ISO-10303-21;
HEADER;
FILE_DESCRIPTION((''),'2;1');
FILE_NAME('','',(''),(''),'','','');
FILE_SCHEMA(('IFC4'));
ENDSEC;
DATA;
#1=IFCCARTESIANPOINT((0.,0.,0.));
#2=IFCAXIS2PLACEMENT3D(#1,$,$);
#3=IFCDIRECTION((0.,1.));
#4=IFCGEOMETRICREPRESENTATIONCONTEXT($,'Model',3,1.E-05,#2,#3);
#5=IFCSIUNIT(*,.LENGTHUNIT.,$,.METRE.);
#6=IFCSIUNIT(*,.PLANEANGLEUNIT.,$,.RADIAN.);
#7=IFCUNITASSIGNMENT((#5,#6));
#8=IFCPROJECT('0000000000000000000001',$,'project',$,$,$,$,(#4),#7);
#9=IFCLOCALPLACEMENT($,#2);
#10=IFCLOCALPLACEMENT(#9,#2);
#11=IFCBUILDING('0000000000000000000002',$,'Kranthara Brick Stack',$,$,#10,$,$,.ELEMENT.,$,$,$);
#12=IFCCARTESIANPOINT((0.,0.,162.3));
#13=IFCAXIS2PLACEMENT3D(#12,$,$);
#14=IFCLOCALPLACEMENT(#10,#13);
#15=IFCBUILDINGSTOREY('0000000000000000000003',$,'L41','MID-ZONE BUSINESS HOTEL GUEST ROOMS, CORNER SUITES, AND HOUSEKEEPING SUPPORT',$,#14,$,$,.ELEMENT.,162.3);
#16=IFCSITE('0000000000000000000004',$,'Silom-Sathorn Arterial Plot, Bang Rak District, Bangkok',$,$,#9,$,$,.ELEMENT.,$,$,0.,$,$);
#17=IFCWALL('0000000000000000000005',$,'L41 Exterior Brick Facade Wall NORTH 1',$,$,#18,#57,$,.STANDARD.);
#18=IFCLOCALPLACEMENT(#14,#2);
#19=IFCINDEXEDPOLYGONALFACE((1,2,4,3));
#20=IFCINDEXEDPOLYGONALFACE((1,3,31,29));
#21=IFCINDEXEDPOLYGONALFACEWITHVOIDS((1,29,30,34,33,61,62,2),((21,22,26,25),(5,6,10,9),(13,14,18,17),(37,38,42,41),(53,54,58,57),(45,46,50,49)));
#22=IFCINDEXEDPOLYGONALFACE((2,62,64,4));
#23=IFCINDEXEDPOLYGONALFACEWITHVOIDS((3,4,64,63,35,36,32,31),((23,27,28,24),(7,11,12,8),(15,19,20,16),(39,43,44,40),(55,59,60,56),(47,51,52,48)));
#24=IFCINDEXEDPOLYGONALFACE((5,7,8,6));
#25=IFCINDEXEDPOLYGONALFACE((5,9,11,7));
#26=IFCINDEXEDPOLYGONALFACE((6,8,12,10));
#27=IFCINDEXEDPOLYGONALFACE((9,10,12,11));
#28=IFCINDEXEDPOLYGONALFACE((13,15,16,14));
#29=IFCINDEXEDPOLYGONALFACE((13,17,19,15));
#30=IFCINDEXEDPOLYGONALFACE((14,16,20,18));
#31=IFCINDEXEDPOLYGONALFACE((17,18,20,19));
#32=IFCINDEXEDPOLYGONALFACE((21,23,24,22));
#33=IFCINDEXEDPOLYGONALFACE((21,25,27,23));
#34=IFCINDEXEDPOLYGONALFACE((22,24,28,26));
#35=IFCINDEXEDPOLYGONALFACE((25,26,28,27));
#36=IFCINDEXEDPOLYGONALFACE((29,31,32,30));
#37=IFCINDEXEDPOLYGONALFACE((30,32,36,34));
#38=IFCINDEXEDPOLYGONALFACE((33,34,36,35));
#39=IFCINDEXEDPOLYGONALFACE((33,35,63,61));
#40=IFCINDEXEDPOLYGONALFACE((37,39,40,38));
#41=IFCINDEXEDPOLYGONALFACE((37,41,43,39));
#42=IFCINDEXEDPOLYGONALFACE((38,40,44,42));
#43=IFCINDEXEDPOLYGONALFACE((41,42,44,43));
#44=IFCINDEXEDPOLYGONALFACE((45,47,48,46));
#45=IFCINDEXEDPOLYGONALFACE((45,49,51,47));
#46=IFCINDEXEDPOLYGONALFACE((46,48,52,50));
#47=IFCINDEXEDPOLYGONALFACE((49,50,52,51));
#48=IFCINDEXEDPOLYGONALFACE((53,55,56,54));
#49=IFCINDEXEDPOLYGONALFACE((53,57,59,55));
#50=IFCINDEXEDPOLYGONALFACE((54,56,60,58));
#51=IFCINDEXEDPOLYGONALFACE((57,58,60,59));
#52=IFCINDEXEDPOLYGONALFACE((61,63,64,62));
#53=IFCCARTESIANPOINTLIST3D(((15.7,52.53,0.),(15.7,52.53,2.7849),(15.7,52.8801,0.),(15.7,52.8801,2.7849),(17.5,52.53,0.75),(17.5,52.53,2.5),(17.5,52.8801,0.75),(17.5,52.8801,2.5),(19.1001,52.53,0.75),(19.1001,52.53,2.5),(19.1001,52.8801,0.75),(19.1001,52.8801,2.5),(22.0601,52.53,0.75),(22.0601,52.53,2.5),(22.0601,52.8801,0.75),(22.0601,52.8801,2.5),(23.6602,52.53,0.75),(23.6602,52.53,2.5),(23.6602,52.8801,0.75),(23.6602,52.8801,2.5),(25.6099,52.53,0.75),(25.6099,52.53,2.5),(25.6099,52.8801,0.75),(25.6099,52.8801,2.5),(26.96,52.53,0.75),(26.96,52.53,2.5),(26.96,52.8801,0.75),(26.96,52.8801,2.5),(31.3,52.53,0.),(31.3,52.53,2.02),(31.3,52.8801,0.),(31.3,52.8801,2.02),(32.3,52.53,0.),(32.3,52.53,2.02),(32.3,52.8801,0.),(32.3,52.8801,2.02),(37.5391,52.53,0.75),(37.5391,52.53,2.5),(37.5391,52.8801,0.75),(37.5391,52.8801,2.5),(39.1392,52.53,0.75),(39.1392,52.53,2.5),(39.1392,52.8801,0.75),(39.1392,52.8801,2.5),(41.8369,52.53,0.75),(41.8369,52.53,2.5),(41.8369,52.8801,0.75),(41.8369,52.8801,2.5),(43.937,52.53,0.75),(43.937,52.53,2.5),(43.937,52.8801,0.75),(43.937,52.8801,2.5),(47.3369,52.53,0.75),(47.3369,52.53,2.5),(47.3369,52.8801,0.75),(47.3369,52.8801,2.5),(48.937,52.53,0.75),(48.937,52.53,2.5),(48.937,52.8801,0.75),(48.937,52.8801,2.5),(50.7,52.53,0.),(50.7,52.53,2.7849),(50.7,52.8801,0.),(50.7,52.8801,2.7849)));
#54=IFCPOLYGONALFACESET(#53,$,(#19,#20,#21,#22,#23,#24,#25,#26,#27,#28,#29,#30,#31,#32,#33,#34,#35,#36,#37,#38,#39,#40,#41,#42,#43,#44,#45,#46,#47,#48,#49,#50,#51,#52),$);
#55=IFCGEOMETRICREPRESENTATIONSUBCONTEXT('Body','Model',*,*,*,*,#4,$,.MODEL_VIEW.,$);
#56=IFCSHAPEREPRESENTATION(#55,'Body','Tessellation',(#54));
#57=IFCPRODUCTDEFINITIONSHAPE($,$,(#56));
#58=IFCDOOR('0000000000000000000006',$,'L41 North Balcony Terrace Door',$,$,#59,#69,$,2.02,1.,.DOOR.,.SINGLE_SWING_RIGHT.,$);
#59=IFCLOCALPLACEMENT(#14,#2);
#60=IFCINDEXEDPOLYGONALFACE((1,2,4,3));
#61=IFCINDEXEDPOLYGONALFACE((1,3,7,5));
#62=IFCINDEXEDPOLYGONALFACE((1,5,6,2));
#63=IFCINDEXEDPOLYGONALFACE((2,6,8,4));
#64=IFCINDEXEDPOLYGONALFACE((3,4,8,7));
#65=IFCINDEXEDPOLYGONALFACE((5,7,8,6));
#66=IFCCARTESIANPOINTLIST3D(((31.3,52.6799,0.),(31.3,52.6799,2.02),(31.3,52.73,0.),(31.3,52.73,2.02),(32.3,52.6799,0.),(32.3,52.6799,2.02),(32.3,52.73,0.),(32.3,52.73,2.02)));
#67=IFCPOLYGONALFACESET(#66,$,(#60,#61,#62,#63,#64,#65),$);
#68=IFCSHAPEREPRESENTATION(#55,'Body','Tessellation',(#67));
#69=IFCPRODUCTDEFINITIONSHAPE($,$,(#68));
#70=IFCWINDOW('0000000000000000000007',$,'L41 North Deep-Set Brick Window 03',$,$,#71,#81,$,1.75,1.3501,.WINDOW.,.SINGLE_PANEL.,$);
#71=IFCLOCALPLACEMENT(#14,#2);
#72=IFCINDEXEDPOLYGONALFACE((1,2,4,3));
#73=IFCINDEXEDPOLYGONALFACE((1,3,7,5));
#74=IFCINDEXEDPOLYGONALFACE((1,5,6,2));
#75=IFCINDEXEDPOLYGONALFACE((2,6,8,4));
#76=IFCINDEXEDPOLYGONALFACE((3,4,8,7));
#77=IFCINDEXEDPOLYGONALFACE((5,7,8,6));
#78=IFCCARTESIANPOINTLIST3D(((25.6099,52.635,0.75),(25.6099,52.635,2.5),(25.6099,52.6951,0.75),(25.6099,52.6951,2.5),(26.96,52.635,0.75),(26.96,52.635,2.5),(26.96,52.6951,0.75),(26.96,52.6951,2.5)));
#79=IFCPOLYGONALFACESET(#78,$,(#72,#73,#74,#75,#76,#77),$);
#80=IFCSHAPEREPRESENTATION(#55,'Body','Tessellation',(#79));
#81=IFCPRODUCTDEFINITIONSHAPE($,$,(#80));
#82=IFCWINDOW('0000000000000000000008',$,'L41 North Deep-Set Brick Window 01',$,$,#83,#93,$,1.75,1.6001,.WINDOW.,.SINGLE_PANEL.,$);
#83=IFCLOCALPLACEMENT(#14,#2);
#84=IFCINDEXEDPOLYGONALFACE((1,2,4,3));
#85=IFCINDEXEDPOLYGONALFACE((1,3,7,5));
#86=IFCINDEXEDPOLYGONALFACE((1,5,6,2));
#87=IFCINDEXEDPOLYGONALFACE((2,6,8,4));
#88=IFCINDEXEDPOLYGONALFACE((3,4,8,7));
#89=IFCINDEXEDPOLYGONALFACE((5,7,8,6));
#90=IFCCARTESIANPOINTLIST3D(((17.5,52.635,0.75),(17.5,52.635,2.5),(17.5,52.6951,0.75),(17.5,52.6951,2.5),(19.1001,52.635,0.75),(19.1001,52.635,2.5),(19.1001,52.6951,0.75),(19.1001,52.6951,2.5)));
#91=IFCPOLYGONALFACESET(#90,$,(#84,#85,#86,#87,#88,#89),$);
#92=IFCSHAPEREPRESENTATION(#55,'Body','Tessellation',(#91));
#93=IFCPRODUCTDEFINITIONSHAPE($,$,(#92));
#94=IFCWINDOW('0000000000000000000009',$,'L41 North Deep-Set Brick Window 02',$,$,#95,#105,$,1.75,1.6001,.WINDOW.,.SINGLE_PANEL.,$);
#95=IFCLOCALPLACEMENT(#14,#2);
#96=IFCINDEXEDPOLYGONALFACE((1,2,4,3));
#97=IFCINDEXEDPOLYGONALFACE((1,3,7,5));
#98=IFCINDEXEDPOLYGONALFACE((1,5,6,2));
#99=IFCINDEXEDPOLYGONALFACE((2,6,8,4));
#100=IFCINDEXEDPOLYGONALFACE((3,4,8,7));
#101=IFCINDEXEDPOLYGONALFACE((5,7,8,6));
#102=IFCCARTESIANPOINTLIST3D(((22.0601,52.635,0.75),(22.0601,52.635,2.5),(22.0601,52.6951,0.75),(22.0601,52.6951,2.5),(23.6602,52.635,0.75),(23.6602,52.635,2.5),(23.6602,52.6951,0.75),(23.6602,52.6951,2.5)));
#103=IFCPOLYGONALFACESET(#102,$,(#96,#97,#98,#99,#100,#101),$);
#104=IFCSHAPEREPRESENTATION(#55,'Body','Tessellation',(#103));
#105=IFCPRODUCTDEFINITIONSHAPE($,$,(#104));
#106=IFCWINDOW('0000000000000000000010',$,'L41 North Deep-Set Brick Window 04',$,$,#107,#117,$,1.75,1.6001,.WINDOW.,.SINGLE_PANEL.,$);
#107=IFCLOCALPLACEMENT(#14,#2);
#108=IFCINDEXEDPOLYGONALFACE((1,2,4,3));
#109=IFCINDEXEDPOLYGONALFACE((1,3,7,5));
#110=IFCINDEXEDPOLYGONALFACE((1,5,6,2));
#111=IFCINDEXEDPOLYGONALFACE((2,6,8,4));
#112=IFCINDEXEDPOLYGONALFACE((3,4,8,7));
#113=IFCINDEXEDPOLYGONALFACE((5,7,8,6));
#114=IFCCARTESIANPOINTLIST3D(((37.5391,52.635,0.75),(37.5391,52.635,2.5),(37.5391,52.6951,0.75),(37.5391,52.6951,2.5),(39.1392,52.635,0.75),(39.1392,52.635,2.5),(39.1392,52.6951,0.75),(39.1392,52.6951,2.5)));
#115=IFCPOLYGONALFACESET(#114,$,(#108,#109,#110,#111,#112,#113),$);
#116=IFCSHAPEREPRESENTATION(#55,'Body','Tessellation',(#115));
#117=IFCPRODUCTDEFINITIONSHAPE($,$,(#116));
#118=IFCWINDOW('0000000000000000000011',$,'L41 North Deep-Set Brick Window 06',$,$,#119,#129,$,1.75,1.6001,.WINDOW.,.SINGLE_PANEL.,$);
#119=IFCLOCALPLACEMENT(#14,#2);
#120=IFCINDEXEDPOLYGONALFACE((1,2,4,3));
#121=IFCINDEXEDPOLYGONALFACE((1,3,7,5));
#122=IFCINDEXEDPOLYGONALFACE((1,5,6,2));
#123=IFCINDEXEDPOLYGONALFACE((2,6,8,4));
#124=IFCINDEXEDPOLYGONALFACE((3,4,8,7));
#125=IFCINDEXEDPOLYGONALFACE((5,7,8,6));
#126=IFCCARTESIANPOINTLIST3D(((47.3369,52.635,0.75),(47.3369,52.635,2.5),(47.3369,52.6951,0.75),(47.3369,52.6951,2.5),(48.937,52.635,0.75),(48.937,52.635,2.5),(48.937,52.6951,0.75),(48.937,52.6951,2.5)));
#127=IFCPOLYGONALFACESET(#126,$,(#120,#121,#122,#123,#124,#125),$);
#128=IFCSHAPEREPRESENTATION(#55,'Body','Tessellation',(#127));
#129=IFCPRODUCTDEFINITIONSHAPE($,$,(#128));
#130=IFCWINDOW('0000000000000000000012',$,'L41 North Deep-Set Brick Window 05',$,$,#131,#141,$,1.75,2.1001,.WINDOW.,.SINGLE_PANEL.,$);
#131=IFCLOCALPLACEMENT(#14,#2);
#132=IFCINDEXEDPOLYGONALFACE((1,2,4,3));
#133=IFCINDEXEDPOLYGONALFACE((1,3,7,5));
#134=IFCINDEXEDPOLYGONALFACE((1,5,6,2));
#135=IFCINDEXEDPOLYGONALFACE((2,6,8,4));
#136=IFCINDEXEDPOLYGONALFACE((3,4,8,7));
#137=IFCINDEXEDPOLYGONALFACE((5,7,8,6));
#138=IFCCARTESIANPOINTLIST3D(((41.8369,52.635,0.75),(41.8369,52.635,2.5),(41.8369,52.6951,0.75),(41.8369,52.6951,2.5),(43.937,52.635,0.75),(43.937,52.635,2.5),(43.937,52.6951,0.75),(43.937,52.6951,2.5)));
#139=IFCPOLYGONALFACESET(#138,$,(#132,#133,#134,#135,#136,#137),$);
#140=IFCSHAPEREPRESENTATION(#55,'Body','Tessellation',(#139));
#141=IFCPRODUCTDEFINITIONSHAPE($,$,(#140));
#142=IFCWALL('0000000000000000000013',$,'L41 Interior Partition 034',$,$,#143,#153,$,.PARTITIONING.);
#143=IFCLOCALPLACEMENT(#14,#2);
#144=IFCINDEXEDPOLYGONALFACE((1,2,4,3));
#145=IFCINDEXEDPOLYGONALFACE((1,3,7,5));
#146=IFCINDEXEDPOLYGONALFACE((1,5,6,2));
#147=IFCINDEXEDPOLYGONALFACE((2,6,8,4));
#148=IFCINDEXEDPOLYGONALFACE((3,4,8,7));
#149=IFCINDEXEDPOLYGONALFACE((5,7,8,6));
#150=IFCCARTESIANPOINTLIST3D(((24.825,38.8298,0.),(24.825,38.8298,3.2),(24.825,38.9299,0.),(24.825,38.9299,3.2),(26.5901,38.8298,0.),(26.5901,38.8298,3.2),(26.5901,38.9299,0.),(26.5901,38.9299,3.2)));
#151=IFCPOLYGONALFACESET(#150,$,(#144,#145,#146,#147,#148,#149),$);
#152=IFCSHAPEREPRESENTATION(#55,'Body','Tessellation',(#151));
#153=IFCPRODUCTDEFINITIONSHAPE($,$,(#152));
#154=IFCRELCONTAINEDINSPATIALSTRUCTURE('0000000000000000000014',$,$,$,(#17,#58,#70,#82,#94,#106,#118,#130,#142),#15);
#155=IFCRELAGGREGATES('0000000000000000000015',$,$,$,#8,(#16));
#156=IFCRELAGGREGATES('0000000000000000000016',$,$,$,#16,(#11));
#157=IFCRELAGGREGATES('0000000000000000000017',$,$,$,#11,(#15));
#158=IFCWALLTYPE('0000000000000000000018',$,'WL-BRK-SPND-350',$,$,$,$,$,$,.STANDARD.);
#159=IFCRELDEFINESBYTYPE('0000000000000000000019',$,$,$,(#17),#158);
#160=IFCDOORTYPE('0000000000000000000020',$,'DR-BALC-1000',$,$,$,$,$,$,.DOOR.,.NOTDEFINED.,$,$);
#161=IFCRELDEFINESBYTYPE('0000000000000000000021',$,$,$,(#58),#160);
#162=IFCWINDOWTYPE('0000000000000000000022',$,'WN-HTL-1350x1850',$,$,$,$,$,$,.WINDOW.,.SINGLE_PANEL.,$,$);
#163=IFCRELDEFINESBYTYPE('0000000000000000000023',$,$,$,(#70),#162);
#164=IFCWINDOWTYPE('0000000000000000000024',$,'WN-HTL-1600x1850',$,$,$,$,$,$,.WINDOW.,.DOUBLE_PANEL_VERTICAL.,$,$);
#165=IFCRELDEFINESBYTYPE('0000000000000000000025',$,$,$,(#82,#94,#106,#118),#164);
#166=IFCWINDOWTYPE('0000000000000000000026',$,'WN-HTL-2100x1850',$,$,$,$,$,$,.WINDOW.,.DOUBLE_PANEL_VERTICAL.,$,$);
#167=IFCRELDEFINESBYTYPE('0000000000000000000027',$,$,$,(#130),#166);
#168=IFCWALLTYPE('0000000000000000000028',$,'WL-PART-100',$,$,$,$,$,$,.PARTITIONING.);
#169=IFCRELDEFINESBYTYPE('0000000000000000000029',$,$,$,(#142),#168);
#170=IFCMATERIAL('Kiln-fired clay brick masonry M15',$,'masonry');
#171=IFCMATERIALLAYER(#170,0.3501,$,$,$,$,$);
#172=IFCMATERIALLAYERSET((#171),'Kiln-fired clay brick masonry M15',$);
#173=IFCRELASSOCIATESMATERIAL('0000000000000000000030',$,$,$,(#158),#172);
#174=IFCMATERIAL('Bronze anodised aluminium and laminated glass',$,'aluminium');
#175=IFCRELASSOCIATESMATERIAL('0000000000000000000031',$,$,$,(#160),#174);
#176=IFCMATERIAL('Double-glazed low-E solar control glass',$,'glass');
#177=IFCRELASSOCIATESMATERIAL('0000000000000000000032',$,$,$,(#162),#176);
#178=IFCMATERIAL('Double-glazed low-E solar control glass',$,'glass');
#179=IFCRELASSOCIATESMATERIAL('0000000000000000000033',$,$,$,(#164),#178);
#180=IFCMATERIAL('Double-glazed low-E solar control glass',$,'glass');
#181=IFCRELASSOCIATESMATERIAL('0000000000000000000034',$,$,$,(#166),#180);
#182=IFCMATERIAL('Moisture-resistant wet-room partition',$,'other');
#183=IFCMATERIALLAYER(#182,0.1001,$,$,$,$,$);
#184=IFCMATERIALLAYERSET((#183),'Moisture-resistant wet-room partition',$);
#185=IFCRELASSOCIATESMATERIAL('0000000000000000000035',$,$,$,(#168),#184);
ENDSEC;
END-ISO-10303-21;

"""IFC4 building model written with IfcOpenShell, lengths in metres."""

from ifc_helpers import new_model, si_unit, direction, frame, frame_2d, origin, place, context, subcontext, project, spatial, rectangle, extrude, material, layer, layer_set, type_object, element, fill, save


model = new_model("IFC4")

# Units and contexts
model_context = context("Model", 3, precision=1e-05, world=origin(), true_north=direction((0.0, 1.0)))
body_context = subcontext(model_context, "Body", "Model", "MODEL_VIEW")
ifc_project = project(units=[si_unit("LENGTHUNIT", "METRE"), si_unit("PLANEANGLEUNIT", "RADIAN")], contexts=[model_context])

# Site, building, storey
site_placement = place(None, origin())
site = spatial("IfcSite", under=ifc_project, at=site_placement, Name="Silom-Sathorn Arterial Plot, Bang Rak District, Bangkok", CompositionType="ELEMENT", RefElevation=0.0)
building_placement = place(site_placement, origin())
building = spatial("IfcBuilding", under=site, at=building_placement, Name="Kranthara Brick Stack", CompositionType="ELEMENT")
storey_placement = place(building_placement, frame((0.0, 0.0, 162.3)))
storey = spatial("IfcBuildingStorey", under=building, at=storey_placement, Name="L41", Description="MID-ZONE BUSINESS HOTEL GUEST ROOMS, CORNER SUITES, AND HOUSEKEEPING SUPPORT", CompositionType="ELEMENT", Elevation=162.3)

# Shared definitions
ifc_material_1 = material(Name="Kiln-fired clay brick masonry M15", Category="masonry")
ifc_layer_1 = layer(ifc_material_1, 0.3501)
ifc_layer_set_1 = layer_set([ifc_layer_1], Name="Kiln-fired clay brick masonry M15")
wall_type_1 = type_object("IfcWallType", Name="WL-BRK-SPND-350", PredefinedType="STANDARD", material=ifc_layer_set_1)

# Wall, openings, door, windows
wall_1_placement = place(storey_placement, frame((15.7, 52.7051, 0.0), z_axis=(0.0, 0.0, 1.0), x_axis=(1.0, 0.0, 0.0)))
wall_1 = element("IfcWall", 1, at=wall_1_placement, inside=storey, type_object=wall_type_1, Name="L41 Exterior Brick Facade Wall NORTH 1", PredefinedType="STANDARD", context=body_context, shape_type="SweptSolid", body=[
    extrude(rectangle(XDim=35.0, YDim=0.3501, at=frame_2d((17.5, 0.0))), origin(), (0.0, 0.0, 1.0), 2.7849),
])
opening_1_placement = place(wall_1_placement, frame((15.6001, 0.0, 0.0)))
opening_1 = element("IfcOpeningElement", 2, at=opening_1_placement, cuts=wall_1, PredefinedType="OPENING", context=body_context, shape_type="SweptSolid", body=[
    extrude(rectangle(XDim=1.0, YDim=2.02, at=frame_2d((0.5, 1.01))), frame((0.0, 0.1851, 0.0), z_axis=(0.0, -1.0, 0.0), x_axis=(1.0, 0.0, 0.0)), (0.0, 0.0, 1.0), 0.3701),
])
opening_2_placement = place(wall_1_placement, frame((1.8, 0.0, 0.75)))
opening_2 = element("IfcOpeningElement", 3, at=opening_2_placement, cuts=wall_1, PredefinedType="OPENING", context=body_context, shape_type="SweptSolid", body=[
    extrude(rectangle(XDim=1.6001, YDim=1.75, at=frame_2d((0.8, 0.875))), frame((0.0, 0.1851, 0.0), z_axis=(0.0, -1.0, 0.0), x_axis=(1.0, 0.0, 0.0)), (0.0, 0.0, 1.0), 0.3701),
])
opening_3_placement = place(wall_1_placement, frame((6.3601, 0.0, 0.75)))
opening_3 = element("IfcOpeningElement", 4, at=opening_3_placement, cuts=wall_1, PredefinedType="OPENING", context=body_context, shape_type="SweptSolid", body=[
    extrude(rectangle(XDim=1.6001, YDim=1.75, at=frame_2d((0.8, 0.875))), frame((0.0, 0.1851, 0.0), z_axis=(0.0, -1.0, 0.0), x_axis=(1.0, 0.0, 0.0)), (0.0, 0.0, 1.0), 0.3701),
])
opening_4_placement = place(wall_1_placement, frame((9.9099, 0.0, 0.75)))
opening_4 = element("IfcOpeningElement", 5, at=opening_4_placement, cuts=wall_1, PredefinedType="OPENING", context=body_context, shape_type="SweptSolid", body=[
    extrude(rectangle(XDim=1.3501, YDim=1.75, at=frame_2d((0.675, 0.875))), frame((0.0, 0.1851, 0.0), z_axis=(0.0, -1.0, 0.0), x_axis=(1.0, 0.0, 0.0)), (0.0, 0.0, 1.0), 0.3701),
])
opening_5_placement = place(wall_1_placement, frame((21.8391, 0.0, 0.75)))
opening_5 = element("IfcOpeningElement", 6, at=opening_5_placement, cuts=wall_1, PredefinedType="OPENING", context=body_context, shape_type="SweptSolid", body=[
    extrude(rectangle(XDim=1.6001, YDim=1.75, at=frame_2d((0.8, 0.875))), frame((0.0, 0.1851, 0.0), z_axis=(0.0, -1.0, 0.0), x_axis=(1.0, 0.0, 0.0)), (0.0, 0.0, 1.0), 0.3701),
])
opening_6_placement = place(wall_1_placement, frame((26.137, 0.0, 0.75)))
opening_6 = element("IfcOpeningElement", 7, at=opening_6_placement, cuts=wall_1, PredefinedType="OPENING", context=body_context, shape_type="SweptSolid", body=[
    extrude(rectangle(XDim=2.1001, YDim=1.75, at=frame_2d((1.05, 0.875))), frame((0.0, 0.1851, 0.0), z_axis=(0.0, -1.0, 0.0), x_axis=(1.0, 0.0, 0.0)), (0.0, 0.0, 1.0), 0.3701),
])
opening_7_placement = place(wall_1_placement, frame((31.637, 0.0, 0.75)))
opening_7 = element("IfcOpeningElement", 8, at=opening_7_placement, cuts=wall_1, PredefinedType="OPENING", context=body_context, shape_type="SweptSolid", body=[
    extrude(rectangle(XDim=1.6001, YDim=1.75, at=frame_2d((0.8, 0.875))), frame((0.0, 0.1851, 0.0), z_axis=(0.0, -1.0, 0.0), x_axis=(1.0, 0.0, 0.0)), (0.0, 0.0, 1.0), 0.3701),
])
ifc_material_2 = material(Name="Bronze anodised aluminium and laminated glass", Category="aluminium")
door_type = type_object("IfcDoorType", Name="DR-BALC-1000", OperationType="NOTDEFINED", PredefinedType="DOOR", material=ifc_material_2)
door_placement = place(opening_1_placement, origin())
door = element("IfcDoor", 9, at=door_placement, inside=storey, type_object=door_type, Name="L41 North Balcony Terrace Door", OperationType="SINGLE_SWING_RIGHT", OverallHeight=2.02, OverallWidth=1.0, PredefinedType="DOOR", context=body_context, shape_type="SweptSolid", body=[
    extrude(rectangle(XDim=1.0, YDim=2.02, at=frame_2d((0.5, 1.01))), frame((0.0, 0.0249, 0.0), z_axis=(0.0, -1.0, 0.0), x_axis=(1.0, 0.0, 0.0)), (0.0, 0.0, 1.0), 0.05),
])
fill(opening_1, door)
ifc_material_3 = material(Name="Double-glazed low-E solar control glass", Category="glass")
window_type_1 = type_object("IfcWindowType", Name="WN-HTL-1350x1850", PartitioningType="SINGLE_PANEL", PredefinedType="WINDOW", material=ifc_material_3)
window_1_placement = place(opening_4_placement, origin())
window_1 = element("IfcWindow", 10, at=window_1_placement, inside=storey, type_object=window_type_1, Name="L41 North Deep-Set Brick Window 03", OverallHeight=1.75, OverallWidth=1.3501, PartitioningType="SINGLE_PANEL", PredefinedType="WINDOW", context=body_context, shape_type="SweptSolid", body=[
    extrude(rectangle(XDim=1.3501, YDim=1.75, at=frame_2d((0.675, 0.875))), frame((0.0, -0.01, 0.0), z_axis=(0.0, -1.0, 0.0), x_axis=(1.0, 0.0, 0.0)), (0.0, 0.0, 1.0), 0.0601),
])
fill(opening_4, window_1)
ifc_material_4 = material(Name="Double-glazed low-E solar control glass", Category="glass")
window_type_2 = type_object("IfcWindowType", Name="WN-HTL-1600x1850", PartitioningType="DOUBLE_PANEL_VERTICAL", PredefinedType="WINDOW", material=ifc_material_4)
window_2_placement = place(opening_2_placement, origin())
window_2 = element("IfcWindow", 11, at=window_2_placement, inside=storey, type_object=window_type_2, Name="L41 North Deep-Set Brick Window 01", OverallHeight=1.75, OverallWidth=1.6001, PartitioningType="SINGLE_PANEL", PredefinedType="WINDOW", context=body_context, shape_type="SweptSolid", body=[
    extrude(rectangle(XDim=1.6001, YDim=1.75, at=frame_2d((0.8, 0.875))), frame((0.0, -0.01, 0.0), z_axis=(0.0, -1.0, 0.0), x_axis=(1.0, 0.0, 0.0)), (0.0, 0.0, 1.0), 0.0601),
])
fill(opening_2, window_2)
window_3_placement = place(opening_3_placement, origin())
window_3 = element("IfcWindow", 12, at=window_3_placement, inside=storey, type_object=window_type_2, Name="L41 North Deep-Set Brick Window 02", OverallHeight=1.75, OverallWidth=1.6001, PartitioningType="SINGLE_PANEL", PredefinedType="WINDOW", context=body_context, shape_type="SweptSolid", body=[
    extrude(rectangle(XDim=1.6001, YDim=1.75, at=frame_2d((0.8, 0.875))), frame((0.0, -0.01, 0.0), z_axis=(0.0, -1.0, 0.0), x_axis=(1.0, 0.0, 0.0)), (0.0, 0.0, 1.0), 0.0601),
])
fill(opening_3, window_3)
window_4_placement = place(opening_5_placement, origin())
window_4 = element("IfcWindow", 13, at=window_4_placement, inside=storey, type_object=window_type_2, Name="L41 North Deep-Set Brick Window 04", OverallHeight=1.75, OverallWidth=1.6001, PartitioningType="SINGLE_PANEL", PredefinedType="WINDOW", context=body_context, shape_type="SweptSolid", body=[
    extrude(rectangle(XDim=1.6001, YDim=1.75, at=frame_2d((0.8, 0.875))), frame((0.0, -0.01, 0.0), z_axis=(0.0, -1.0, 0.0), x_axis=(1.0, 0.0, 0.0)), (0.0, 0.0, 1.0), 0.0601),
])
fill(opening_5, window_4)
window_5_placement = place(opening_7_placement, origin())
window_5 = element("IfcWindow", 14, at=window_5_placement, inside=storey, type_object=window_type_2, Name="L41 North Deep-Set Brick Window 06", OverallHeight=1.75, OverallWidth=1.6001, PartitioningType="SINGLE_PANEL", PredefinedType="WINDOW", context=body_context, shape_type="SweptSolid", body=[
    extrude(rectangle(XDim=1.6001, YDim=1.75, at=frame_2d((0.8, 0.875))), frame((0.0, -0.01, 0.0), z_axis=(0.0, -1.0, 0.0), x_axis=(1.0, 0.0, 0.0)), (0.0, 0.0, 1.0), 0.0601),
])
fill(opening_7, window_5)
ifc_material_5 = material(Name="Double-glazed low-E solar control glass", Category="glass")
window_type_3 = type_object("IfcWindowType", Name="WN-HTL-2100x1850", PartitioningType="DOUBLE_PANEL_VERTICAL", PredefinedType="WINDOW", material=ifc_material_5)
window_6_placement = place(opening_6_placement, origin())
window_6 = element("IfcWindow", 15, at=window_6_placement, inside=storey, type_object=window_type_3, Name="L41 North Deep-Set Brick Window 05", OverallHeight=1.75, OverallWidth=2.1001, PartitioningType="SINGLE_PANEL", PredefinedType="WINDOW", context=body_context, shape_type="SweptSolid", body=[
    extrude(rectangle(XDim=2.1001, YDim=1.75, at=frame_2d((1.05, 0.875))), frame((0.0, -0.01, 0.0), z_axis=(0.0, -1.0, 0.0), x_axis=(1.0, 0.0, 0.0)), (0.0, 0.0, 1.0), 0.0601),
])
fill(opening_6, window_6)

# Wall
ifc_material_6 = material(Name="Moisture-resistant wet-room partition", Category="other")
ifc_layer_2 = layer(ifc_material_6, 0.1001)
ifc_layer_set_2 = layer_set([ifc_layer_2], Name="Moisture-resistant wet-room partition")
wall_type_2 = type_object("IfcWallType", Name="WL-PART-100", PredefinedType="PARTITIONING", material=ifc_layer_set_2)
wall_2_placement = place(storey_placement, frame((24.825, 38.8799, 0.0), z_axis=(0.0, 0.0, 1.0), x_axis=(1.0, 0.0, 0.0)))
element("IfcWall", 16, at=wall_2_placement, inside=storey, type_object=wall_type_2, Name="L41 Interior Partition 034", PredefinedType="PARTITIONING", context=body_context, shape_type="SweptSolid", body=[
    extrude(rectangle(XDim=1.7651, YDim=0.1001, at=frame_2d((0.8826, 0.0))), origin(), (0.0, 0.0, 1.0), 3.2),
])

save(model, "model.ifc")
